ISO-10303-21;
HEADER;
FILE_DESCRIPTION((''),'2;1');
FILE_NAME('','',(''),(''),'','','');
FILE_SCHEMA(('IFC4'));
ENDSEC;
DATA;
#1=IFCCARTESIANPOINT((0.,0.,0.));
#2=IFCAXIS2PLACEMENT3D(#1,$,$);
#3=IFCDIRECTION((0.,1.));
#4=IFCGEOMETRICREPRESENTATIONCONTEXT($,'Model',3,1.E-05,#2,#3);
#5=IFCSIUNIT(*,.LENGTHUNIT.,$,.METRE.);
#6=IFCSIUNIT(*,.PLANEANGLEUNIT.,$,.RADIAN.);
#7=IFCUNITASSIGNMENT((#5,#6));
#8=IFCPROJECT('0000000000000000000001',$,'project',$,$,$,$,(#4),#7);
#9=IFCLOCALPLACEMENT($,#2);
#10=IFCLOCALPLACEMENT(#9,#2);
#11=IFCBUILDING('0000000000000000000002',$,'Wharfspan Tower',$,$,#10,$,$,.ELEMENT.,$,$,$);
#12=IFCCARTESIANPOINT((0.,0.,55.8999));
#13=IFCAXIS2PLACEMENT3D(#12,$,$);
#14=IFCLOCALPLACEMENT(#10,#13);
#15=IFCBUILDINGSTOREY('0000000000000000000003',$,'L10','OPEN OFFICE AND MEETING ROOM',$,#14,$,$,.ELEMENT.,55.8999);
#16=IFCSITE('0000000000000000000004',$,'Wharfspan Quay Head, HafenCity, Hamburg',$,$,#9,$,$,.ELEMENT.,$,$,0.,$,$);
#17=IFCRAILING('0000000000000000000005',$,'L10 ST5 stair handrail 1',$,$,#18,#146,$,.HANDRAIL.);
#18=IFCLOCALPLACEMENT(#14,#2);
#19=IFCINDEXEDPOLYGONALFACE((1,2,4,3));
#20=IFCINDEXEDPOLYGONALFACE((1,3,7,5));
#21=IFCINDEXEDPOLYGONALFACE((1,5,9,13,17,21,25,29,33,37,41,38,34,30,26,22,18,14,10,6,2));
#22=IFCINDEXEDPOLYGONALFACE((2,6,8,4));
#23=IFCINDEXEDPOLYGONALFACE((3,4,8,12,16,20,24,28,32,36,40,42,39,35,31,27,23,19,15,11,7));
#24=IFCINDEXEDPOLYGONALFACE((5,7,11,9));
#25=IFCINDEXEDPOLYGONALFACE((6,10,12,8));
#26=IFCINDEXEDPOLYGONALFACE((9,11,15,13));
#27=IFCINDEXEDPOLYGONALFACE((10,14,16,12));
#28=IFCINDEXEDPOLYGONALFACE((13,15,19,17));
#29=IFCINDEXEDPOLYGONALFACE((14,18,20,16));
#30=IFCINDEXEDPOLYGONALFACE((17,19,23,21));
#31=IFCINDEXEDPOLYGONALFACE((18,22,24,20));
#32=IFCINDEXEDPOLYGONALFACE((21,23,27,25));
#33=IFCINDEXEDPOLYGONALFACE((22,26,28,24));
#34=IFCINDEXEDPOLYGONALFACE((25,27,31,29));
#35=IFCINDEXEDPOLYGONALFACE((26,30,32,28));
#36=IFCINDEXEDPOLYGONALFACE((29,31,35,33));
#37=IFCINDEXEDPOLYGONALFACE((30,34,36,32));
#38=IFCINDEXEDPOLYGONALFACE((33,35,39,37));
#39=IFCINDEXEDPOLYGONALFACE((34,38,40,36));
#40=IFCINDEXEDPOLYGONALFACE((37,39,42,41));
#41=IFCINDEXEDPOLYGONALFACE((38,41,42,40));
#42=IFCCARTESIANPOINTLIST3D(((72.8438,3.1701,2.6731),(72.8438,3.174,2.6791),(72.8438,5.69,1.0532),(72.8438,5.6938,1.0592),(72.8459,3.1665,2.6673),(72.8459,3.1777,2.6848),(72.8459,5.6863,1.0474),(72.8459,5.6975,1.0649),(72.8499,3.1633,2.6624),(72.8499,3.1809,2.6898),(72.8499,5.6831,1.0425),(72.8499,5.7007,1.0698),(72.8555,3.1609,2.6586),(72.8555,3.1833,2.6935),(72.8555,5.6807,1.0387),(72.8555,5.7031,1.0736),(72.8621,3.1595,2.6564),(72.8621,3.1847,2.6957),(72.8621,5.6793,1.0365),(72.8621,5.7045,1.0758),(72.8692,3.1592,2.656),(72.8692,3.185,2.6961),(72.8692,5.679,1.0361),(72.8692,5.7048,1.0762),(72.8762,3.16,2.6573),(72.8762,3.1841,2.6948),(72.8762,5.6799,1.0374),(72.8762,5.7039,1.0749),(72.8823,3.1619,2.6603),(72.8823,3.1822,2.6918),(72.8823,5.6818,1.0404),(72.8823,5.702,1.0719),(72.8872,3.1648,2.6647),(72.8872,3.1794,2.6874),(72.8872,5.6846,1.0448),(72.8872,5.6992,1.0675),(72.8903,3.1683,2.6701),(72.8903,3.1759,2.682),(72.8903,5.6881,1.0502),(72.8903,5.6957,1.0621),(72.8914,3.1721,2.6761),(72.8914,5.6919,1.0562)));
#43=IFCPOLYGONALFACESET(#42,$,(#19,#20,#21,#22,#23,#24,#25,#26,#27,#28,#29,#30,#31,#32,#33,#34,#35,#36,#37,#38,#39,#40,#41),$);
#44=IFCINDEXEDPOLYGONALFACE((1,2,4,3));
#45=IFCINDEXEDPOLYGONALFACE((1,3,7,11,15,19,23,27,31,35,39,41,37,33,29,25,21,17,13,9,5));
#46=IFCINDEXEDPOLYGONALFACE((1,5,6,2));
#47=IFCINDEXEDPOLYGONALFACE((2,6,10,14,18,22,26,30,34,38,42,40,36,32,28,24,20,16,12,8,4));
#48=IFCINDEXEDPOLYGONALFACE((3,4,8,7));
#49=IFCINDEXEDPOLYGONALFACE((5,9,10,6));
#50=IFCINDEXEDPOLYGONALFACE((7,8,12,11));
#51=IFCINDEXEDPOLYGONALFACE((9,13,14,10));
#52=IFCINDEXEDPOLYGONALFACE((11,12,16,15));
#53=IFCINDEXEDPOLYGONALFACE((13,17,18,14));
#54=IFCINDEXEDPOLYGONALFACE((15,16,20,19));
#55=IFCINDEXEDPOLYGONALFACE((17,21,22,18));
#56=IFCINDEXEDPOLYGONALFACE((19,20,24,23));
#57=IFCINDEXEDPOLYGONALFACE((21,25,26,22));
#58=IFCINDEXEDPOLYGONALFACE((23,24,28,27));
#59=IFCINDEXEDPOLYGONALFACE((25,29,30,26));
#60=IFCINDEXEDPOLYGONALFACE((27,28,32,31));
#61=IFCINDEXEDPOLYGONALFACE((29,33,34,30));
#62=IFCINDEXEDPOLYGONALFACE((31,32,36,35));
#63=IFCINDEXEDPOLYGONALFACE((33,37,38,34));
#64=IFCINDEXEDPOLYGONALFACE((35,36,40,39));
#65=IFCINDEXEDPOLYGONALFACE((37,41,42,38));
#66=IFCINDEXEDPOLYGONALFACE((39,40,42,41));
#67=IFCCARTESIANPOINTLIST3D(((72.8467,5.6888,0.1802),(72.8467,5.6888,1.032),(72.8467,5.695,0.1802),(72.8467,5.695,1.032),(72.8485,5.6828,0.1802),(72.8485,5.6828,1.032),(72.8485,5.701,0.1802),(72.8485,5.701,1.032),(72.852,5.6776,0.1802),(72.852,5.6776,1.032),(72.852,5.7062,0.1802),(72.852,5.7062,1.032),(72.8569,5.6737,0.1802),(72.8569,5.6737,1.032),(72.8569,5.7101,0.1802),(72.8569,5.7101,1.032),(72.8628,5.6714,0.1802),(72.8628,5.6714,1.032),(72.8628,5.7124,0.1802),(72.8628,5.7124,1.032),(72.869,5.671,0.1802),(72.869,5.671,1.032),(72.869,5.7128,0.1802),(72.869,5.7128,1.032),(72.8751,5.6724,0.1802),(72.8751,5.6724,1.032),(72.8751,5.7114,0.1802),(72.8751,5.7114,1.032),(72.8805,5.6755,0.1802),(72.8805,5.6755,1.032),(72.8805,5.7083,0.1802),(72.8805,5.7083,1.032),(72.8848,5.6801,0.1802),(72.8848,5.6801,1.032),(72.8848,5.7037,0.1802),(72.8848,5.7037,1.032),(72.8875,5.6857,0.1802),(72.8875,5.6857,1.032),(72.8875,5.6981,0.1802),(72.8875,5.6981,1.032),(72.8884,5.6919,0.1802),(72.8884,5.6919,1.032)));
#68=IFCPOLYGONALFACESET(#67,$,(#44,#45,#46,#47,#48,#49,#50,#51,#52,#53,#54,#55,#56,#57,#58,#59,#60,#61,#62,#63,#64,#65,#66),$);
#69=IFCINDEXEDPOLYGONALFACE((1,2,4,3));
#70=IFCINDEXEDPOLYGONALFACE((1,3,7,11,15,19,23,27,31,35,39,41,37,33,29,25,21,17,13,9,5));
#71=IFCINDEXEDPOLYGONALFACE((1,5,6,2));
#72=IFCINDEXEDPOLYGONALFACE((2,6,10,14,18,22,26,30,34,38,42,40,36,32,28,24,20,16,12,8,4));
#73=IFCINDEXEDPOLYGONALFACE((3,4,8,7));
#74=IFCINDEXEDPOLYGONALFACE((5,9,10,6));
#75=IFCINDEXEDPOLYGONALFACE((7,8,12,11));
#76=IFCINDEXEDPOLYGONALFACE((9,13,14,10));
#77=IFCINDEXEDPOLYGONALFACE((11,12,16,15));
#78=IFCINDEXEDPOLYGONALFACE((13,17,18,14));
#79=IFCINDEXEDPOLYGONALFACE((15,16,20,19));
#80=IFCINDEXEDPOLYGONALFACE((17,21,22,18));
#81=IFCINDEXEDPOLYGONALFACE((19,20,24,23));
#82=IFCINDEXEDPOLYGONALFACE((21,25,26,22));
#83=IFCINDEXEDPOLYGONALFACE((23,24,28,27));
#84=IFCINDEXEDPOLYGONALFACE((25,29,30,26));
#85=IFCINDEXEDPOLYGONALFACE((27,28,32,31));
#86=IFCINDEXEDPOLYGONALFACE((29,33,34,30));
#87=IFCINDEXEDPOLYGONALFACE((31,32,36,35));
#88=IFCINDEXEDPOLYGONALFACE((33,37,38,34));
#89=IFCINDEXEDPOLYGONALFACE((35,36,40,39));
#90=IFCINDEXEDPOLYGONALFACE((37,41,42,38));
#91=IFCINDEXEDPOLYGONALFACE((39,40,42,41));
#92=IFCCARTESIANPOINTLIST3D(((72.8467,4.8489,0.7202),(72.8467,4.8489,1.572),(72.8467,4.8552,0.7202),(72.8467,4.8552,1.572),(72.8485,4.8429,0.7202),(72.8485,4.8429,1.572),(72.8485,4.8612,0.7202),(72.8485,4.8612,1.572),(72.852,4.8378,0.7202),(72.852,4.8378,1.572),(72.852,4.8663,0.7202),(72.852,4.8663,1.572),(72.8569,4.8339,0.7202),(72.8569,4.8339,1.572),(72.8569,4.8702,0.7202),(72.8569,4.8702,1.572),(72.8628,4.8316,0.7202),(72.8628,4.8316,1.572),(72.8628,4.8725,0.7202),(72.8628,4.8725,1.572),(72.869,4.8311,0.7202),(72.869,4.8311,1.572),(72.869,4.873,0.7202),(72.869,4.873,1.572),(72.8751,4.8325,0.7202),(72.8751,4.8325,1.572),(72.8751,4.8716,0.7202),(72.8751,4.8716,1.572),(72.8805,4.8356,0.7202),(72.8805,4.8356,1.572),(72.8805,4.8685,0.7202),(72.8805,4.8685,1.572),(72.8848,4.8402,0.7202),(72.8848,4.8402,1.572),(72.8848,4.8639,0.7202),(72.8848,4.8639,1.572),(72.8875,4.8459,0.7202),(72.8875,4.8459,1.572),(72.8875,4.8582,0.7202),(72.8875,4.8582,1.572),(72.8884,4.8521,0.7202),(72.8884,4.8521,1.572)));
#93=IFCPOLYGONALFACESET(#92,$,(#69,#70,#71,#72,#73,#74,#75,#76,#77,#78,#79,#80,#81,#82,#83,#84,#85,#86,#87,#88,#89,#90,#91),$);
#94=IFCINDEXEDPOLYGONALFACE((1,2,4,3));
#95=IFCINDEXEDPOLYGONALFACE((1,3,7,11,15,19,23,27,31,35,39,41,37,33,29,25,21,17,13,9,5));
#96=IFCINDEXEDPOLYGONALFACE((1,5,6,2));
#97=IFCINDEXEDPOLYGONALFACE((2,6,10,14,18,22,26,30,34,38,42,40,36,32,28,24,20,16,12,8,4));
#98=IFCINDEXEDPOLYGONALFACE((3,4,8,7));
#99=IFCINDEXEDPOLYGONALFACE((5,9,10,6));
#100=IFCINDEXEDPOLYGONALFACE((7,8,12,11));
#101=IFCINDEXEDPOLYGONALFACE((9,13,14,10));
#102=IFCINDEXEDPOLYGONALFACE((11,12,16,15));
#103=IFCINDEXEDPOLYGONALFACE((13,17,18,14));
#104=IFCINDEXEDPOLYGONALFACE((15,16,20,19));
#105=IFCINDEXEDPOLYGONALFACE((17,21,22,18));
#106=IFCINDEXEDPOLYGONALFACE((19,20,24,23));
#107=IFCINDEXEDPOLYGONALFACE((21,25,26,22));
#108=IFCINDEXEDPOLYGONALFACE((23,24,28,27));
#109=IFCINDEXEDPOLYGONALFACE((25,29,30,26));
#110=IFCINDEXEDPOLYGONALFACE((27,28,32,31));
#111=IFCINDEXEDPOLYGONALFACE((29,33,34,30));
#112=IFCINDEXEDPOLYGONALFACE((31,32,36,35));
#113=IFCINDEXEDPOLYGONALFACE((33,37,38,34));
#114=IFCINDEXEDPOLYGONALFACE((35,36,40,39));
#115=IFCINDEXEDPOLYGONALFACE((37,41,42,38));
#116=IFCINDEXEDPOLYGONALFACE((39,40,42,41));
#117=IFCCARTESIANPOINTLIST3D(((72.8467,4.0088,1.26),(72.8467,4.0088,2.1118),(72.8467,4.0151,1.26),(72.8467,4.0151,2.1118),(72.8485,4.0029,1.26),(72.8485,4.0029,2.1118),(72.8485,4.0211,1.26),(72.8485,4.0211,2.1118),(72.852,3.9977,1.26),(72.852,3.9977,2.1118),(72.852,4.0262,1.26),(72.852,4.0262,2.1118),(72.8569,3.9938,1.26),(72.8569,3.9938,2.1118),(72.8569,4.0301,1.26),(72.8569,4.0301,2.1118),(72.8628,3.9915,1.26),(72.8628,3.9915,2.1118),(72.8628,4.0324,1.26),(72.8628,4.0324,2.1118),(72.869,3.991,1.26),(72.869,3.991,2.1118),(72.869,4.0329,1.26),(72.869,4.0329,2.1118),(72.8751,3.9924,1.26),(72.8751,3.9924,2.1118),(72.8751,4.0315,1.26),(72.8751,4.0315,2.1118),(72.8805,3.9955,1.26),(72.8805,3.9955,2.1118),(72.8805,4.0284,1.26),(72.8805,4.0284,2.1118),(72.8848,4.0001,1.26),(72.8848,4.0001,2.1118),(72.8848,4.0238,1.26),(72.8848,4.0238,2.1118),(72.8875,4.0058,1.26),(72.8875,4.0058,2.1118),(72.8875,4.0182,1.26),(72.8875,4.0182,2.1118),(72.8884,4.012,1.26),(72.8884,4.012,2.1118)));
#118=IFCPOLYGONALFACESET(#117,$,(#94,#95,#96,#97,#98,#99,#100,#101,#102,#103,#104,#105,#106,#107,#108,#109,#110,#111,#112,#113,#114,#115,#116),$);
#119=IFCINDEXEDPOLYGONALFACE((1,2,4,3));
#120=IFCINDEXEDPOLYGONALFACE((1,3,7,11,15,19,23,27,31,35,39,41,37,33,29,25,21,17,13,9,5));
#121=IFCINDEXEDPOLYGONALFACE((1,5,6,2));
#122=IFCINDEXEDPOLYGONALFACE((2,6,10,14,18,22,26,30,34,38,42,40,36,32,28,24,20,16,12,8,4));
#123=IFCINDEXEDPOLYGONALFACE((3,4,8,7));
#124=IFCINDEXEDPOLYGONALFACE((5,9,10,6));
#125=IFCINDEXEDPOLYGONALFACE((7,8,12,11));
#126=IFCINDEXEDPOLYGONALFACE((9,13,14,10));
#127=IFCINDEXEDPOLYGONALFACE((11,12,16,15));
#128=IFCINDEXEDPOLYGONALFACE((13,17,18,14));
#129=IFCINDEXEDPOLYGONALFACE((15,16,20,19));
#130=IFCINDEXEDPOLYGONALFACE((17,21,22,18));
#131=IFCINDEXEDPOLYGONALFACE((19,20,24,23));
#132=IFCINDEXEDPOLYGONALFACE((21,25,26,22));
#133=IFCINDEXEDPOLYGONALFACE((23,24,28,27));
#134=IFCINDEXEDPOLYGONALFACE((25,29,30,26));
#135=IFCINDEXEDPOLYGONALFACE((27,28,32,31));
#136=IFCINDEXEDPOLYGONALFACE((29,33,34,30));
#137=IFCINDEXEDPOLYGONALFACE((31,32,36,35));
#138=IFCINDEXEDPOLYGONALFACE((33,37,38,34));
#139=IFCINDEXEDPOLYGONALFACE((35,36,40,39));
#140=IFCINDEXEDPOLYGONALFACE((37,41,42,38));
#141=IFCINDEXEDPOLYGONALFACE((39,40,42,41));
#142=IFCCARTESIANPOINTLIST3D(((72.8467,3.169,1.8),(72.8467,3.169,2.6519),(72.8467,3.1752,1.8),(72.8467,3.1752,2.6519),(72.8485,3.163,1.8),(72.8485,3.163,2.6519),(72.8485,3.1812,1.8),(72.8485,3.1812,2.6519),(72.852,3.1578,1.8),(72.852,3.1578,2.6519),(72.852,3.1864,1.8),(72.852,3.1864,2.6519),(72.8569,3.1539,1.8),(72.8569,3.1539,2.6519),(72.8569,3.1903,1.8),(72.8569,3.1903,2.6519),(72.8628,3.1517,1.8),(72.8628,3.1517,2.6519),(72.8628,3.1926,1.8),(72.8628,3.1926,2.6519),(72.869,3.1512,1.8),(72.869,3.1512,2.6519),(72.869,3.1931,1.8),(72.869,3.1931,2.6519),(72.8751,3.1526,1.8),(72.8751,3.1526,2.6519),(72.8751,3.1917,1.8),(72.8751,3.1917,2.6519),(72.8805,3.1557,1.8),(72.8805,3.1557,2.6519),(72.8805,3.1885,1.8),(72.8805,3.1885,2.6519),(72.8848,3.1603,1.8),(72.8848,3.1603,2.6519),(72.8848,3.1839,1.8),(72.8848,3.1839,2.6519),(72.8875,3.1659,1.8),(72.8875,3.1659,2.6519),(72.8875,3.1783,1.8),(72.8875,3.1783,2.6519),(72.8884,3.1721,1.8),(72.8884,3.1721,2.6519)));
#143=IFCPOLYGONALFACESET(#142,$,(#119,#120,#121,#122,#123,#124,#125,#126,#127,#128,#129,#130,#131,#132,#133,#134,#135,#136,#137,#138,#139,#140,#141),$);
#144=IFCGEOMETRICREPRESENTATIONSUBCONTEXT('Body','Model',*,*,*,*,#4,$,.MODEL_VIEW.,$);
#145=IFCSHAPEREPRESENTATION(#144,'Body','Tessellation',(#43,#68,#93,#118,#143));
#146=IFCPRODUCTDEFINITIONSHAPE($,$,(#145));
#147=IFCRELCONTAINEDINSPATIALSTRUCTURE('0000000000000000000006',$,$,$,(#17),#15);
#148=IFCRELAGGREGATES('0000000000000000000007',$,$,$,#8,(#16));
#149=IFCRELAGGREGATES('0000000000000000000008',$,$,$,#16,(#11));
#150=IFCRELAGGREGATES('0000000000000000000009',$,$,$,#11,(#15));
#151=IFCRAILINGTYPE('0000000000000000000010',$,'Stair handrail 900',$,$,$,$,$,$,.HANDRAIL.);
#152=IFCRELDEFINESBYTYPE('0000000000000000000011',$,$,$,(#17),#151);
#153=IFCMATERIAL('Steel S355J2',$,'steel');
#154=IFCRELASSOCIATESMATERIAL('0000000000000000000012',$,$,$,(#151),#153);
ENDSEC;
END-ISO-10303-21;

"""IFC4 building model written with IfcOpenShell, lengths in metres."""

from ifc_helpers import new_model, si_unit, direction, frame, origin, origin_2d, place, context, subcontext, project, spatial, circle, extrude, material, type_object, element, save


model = new_model("IFC4")

# Units and contexts
model_context = context("Model", 3, precision=1e-05, world=origin(), true_north=direction((0.0, 1.0)))
body_context = subcontext(model_context, "Body", "Model", "MODEL_VIEW")
ifc_project = project(units=[si_unit("LENGTHUNIT", "METRE"), si_unit("PLANEANGLEUNIT", "RADIAN")], contexts=[model_context])

# Site, building, storey
site_placement = place(None, origin())
site = spatial("IfcSite", under=ifc_project, at=site_placement, Name="Wharfspan Quay Head, HafenCity, Hamburg", CompositionType="ELEMENT", RefElevation=0.0)
building_placement = place(site_placement, origin())
building = spatial("IfcBuilding", under=site, at=building_placement, Name="Wharfspan Tower", CompositionType="ELEMENT")
storey_placement = place(building_placement, frame((0.0, 0.0, 55.8999)))
storey = spatial("IfcBuildingStorey", under=building, at=storey_placement, Name="L10", Description="OPEN OFFICE AND MEETING ROOM", CompositionType="ELEMENT", Elevation=55.8999)

# Railing
ifc_material_1 = material(Name="Steel S355J2", Category="steel")
railing_type_1 = type_object("IfcRailingType", Name="Stair handrail 900", PredefinedType="HANDRAIL", material=ifc_material_1)
railing_1_placement = place(storey_placement, frame((72.8674, 5.6919, 0.1802)))
element("IfcRailing", 1, at=railing_1_placement, inside=storey, type_object=railing_type_1, Name="L10 ST5 stair handrail 1", PredefinedType="HANDRAIL", context=body_context, shape_type="SweptSolid", body=[
    extrude(circle(Radius=0.0239, at=origin_2d()), frame((0.0, 0.0, 0.876), z_axis=(0.0, -0.841176, 0.540762), x_axis=(1.0, 0.0, 0.0)), (0.0, 0.0, 1.0), 2.9956),
    extrude(circle(Radius=0.021, at=origin_2d()), origin(), (0.0, 0.0, 1.0), 0.8518),
    extrude(circle(Radius=0.021, at=origin_2d()), frame((0.0, -0.8398, 0.54)), (0.0, 0.0, 1.0), 0.8518),
    extrude(circle(Radius=0.021, at=origin_2d()), frame((0.0, -1.6799, 1.0798)), (0.0, 0.0, 1.0), 0.8518),
    extrude(circle(Radius=0.021, at=origin_2d()), frame((0.0, -2.5198, 1.6199)), (0.0, 0.0, 1.0), 0.8518),
])

save(model, "model.ifc")
